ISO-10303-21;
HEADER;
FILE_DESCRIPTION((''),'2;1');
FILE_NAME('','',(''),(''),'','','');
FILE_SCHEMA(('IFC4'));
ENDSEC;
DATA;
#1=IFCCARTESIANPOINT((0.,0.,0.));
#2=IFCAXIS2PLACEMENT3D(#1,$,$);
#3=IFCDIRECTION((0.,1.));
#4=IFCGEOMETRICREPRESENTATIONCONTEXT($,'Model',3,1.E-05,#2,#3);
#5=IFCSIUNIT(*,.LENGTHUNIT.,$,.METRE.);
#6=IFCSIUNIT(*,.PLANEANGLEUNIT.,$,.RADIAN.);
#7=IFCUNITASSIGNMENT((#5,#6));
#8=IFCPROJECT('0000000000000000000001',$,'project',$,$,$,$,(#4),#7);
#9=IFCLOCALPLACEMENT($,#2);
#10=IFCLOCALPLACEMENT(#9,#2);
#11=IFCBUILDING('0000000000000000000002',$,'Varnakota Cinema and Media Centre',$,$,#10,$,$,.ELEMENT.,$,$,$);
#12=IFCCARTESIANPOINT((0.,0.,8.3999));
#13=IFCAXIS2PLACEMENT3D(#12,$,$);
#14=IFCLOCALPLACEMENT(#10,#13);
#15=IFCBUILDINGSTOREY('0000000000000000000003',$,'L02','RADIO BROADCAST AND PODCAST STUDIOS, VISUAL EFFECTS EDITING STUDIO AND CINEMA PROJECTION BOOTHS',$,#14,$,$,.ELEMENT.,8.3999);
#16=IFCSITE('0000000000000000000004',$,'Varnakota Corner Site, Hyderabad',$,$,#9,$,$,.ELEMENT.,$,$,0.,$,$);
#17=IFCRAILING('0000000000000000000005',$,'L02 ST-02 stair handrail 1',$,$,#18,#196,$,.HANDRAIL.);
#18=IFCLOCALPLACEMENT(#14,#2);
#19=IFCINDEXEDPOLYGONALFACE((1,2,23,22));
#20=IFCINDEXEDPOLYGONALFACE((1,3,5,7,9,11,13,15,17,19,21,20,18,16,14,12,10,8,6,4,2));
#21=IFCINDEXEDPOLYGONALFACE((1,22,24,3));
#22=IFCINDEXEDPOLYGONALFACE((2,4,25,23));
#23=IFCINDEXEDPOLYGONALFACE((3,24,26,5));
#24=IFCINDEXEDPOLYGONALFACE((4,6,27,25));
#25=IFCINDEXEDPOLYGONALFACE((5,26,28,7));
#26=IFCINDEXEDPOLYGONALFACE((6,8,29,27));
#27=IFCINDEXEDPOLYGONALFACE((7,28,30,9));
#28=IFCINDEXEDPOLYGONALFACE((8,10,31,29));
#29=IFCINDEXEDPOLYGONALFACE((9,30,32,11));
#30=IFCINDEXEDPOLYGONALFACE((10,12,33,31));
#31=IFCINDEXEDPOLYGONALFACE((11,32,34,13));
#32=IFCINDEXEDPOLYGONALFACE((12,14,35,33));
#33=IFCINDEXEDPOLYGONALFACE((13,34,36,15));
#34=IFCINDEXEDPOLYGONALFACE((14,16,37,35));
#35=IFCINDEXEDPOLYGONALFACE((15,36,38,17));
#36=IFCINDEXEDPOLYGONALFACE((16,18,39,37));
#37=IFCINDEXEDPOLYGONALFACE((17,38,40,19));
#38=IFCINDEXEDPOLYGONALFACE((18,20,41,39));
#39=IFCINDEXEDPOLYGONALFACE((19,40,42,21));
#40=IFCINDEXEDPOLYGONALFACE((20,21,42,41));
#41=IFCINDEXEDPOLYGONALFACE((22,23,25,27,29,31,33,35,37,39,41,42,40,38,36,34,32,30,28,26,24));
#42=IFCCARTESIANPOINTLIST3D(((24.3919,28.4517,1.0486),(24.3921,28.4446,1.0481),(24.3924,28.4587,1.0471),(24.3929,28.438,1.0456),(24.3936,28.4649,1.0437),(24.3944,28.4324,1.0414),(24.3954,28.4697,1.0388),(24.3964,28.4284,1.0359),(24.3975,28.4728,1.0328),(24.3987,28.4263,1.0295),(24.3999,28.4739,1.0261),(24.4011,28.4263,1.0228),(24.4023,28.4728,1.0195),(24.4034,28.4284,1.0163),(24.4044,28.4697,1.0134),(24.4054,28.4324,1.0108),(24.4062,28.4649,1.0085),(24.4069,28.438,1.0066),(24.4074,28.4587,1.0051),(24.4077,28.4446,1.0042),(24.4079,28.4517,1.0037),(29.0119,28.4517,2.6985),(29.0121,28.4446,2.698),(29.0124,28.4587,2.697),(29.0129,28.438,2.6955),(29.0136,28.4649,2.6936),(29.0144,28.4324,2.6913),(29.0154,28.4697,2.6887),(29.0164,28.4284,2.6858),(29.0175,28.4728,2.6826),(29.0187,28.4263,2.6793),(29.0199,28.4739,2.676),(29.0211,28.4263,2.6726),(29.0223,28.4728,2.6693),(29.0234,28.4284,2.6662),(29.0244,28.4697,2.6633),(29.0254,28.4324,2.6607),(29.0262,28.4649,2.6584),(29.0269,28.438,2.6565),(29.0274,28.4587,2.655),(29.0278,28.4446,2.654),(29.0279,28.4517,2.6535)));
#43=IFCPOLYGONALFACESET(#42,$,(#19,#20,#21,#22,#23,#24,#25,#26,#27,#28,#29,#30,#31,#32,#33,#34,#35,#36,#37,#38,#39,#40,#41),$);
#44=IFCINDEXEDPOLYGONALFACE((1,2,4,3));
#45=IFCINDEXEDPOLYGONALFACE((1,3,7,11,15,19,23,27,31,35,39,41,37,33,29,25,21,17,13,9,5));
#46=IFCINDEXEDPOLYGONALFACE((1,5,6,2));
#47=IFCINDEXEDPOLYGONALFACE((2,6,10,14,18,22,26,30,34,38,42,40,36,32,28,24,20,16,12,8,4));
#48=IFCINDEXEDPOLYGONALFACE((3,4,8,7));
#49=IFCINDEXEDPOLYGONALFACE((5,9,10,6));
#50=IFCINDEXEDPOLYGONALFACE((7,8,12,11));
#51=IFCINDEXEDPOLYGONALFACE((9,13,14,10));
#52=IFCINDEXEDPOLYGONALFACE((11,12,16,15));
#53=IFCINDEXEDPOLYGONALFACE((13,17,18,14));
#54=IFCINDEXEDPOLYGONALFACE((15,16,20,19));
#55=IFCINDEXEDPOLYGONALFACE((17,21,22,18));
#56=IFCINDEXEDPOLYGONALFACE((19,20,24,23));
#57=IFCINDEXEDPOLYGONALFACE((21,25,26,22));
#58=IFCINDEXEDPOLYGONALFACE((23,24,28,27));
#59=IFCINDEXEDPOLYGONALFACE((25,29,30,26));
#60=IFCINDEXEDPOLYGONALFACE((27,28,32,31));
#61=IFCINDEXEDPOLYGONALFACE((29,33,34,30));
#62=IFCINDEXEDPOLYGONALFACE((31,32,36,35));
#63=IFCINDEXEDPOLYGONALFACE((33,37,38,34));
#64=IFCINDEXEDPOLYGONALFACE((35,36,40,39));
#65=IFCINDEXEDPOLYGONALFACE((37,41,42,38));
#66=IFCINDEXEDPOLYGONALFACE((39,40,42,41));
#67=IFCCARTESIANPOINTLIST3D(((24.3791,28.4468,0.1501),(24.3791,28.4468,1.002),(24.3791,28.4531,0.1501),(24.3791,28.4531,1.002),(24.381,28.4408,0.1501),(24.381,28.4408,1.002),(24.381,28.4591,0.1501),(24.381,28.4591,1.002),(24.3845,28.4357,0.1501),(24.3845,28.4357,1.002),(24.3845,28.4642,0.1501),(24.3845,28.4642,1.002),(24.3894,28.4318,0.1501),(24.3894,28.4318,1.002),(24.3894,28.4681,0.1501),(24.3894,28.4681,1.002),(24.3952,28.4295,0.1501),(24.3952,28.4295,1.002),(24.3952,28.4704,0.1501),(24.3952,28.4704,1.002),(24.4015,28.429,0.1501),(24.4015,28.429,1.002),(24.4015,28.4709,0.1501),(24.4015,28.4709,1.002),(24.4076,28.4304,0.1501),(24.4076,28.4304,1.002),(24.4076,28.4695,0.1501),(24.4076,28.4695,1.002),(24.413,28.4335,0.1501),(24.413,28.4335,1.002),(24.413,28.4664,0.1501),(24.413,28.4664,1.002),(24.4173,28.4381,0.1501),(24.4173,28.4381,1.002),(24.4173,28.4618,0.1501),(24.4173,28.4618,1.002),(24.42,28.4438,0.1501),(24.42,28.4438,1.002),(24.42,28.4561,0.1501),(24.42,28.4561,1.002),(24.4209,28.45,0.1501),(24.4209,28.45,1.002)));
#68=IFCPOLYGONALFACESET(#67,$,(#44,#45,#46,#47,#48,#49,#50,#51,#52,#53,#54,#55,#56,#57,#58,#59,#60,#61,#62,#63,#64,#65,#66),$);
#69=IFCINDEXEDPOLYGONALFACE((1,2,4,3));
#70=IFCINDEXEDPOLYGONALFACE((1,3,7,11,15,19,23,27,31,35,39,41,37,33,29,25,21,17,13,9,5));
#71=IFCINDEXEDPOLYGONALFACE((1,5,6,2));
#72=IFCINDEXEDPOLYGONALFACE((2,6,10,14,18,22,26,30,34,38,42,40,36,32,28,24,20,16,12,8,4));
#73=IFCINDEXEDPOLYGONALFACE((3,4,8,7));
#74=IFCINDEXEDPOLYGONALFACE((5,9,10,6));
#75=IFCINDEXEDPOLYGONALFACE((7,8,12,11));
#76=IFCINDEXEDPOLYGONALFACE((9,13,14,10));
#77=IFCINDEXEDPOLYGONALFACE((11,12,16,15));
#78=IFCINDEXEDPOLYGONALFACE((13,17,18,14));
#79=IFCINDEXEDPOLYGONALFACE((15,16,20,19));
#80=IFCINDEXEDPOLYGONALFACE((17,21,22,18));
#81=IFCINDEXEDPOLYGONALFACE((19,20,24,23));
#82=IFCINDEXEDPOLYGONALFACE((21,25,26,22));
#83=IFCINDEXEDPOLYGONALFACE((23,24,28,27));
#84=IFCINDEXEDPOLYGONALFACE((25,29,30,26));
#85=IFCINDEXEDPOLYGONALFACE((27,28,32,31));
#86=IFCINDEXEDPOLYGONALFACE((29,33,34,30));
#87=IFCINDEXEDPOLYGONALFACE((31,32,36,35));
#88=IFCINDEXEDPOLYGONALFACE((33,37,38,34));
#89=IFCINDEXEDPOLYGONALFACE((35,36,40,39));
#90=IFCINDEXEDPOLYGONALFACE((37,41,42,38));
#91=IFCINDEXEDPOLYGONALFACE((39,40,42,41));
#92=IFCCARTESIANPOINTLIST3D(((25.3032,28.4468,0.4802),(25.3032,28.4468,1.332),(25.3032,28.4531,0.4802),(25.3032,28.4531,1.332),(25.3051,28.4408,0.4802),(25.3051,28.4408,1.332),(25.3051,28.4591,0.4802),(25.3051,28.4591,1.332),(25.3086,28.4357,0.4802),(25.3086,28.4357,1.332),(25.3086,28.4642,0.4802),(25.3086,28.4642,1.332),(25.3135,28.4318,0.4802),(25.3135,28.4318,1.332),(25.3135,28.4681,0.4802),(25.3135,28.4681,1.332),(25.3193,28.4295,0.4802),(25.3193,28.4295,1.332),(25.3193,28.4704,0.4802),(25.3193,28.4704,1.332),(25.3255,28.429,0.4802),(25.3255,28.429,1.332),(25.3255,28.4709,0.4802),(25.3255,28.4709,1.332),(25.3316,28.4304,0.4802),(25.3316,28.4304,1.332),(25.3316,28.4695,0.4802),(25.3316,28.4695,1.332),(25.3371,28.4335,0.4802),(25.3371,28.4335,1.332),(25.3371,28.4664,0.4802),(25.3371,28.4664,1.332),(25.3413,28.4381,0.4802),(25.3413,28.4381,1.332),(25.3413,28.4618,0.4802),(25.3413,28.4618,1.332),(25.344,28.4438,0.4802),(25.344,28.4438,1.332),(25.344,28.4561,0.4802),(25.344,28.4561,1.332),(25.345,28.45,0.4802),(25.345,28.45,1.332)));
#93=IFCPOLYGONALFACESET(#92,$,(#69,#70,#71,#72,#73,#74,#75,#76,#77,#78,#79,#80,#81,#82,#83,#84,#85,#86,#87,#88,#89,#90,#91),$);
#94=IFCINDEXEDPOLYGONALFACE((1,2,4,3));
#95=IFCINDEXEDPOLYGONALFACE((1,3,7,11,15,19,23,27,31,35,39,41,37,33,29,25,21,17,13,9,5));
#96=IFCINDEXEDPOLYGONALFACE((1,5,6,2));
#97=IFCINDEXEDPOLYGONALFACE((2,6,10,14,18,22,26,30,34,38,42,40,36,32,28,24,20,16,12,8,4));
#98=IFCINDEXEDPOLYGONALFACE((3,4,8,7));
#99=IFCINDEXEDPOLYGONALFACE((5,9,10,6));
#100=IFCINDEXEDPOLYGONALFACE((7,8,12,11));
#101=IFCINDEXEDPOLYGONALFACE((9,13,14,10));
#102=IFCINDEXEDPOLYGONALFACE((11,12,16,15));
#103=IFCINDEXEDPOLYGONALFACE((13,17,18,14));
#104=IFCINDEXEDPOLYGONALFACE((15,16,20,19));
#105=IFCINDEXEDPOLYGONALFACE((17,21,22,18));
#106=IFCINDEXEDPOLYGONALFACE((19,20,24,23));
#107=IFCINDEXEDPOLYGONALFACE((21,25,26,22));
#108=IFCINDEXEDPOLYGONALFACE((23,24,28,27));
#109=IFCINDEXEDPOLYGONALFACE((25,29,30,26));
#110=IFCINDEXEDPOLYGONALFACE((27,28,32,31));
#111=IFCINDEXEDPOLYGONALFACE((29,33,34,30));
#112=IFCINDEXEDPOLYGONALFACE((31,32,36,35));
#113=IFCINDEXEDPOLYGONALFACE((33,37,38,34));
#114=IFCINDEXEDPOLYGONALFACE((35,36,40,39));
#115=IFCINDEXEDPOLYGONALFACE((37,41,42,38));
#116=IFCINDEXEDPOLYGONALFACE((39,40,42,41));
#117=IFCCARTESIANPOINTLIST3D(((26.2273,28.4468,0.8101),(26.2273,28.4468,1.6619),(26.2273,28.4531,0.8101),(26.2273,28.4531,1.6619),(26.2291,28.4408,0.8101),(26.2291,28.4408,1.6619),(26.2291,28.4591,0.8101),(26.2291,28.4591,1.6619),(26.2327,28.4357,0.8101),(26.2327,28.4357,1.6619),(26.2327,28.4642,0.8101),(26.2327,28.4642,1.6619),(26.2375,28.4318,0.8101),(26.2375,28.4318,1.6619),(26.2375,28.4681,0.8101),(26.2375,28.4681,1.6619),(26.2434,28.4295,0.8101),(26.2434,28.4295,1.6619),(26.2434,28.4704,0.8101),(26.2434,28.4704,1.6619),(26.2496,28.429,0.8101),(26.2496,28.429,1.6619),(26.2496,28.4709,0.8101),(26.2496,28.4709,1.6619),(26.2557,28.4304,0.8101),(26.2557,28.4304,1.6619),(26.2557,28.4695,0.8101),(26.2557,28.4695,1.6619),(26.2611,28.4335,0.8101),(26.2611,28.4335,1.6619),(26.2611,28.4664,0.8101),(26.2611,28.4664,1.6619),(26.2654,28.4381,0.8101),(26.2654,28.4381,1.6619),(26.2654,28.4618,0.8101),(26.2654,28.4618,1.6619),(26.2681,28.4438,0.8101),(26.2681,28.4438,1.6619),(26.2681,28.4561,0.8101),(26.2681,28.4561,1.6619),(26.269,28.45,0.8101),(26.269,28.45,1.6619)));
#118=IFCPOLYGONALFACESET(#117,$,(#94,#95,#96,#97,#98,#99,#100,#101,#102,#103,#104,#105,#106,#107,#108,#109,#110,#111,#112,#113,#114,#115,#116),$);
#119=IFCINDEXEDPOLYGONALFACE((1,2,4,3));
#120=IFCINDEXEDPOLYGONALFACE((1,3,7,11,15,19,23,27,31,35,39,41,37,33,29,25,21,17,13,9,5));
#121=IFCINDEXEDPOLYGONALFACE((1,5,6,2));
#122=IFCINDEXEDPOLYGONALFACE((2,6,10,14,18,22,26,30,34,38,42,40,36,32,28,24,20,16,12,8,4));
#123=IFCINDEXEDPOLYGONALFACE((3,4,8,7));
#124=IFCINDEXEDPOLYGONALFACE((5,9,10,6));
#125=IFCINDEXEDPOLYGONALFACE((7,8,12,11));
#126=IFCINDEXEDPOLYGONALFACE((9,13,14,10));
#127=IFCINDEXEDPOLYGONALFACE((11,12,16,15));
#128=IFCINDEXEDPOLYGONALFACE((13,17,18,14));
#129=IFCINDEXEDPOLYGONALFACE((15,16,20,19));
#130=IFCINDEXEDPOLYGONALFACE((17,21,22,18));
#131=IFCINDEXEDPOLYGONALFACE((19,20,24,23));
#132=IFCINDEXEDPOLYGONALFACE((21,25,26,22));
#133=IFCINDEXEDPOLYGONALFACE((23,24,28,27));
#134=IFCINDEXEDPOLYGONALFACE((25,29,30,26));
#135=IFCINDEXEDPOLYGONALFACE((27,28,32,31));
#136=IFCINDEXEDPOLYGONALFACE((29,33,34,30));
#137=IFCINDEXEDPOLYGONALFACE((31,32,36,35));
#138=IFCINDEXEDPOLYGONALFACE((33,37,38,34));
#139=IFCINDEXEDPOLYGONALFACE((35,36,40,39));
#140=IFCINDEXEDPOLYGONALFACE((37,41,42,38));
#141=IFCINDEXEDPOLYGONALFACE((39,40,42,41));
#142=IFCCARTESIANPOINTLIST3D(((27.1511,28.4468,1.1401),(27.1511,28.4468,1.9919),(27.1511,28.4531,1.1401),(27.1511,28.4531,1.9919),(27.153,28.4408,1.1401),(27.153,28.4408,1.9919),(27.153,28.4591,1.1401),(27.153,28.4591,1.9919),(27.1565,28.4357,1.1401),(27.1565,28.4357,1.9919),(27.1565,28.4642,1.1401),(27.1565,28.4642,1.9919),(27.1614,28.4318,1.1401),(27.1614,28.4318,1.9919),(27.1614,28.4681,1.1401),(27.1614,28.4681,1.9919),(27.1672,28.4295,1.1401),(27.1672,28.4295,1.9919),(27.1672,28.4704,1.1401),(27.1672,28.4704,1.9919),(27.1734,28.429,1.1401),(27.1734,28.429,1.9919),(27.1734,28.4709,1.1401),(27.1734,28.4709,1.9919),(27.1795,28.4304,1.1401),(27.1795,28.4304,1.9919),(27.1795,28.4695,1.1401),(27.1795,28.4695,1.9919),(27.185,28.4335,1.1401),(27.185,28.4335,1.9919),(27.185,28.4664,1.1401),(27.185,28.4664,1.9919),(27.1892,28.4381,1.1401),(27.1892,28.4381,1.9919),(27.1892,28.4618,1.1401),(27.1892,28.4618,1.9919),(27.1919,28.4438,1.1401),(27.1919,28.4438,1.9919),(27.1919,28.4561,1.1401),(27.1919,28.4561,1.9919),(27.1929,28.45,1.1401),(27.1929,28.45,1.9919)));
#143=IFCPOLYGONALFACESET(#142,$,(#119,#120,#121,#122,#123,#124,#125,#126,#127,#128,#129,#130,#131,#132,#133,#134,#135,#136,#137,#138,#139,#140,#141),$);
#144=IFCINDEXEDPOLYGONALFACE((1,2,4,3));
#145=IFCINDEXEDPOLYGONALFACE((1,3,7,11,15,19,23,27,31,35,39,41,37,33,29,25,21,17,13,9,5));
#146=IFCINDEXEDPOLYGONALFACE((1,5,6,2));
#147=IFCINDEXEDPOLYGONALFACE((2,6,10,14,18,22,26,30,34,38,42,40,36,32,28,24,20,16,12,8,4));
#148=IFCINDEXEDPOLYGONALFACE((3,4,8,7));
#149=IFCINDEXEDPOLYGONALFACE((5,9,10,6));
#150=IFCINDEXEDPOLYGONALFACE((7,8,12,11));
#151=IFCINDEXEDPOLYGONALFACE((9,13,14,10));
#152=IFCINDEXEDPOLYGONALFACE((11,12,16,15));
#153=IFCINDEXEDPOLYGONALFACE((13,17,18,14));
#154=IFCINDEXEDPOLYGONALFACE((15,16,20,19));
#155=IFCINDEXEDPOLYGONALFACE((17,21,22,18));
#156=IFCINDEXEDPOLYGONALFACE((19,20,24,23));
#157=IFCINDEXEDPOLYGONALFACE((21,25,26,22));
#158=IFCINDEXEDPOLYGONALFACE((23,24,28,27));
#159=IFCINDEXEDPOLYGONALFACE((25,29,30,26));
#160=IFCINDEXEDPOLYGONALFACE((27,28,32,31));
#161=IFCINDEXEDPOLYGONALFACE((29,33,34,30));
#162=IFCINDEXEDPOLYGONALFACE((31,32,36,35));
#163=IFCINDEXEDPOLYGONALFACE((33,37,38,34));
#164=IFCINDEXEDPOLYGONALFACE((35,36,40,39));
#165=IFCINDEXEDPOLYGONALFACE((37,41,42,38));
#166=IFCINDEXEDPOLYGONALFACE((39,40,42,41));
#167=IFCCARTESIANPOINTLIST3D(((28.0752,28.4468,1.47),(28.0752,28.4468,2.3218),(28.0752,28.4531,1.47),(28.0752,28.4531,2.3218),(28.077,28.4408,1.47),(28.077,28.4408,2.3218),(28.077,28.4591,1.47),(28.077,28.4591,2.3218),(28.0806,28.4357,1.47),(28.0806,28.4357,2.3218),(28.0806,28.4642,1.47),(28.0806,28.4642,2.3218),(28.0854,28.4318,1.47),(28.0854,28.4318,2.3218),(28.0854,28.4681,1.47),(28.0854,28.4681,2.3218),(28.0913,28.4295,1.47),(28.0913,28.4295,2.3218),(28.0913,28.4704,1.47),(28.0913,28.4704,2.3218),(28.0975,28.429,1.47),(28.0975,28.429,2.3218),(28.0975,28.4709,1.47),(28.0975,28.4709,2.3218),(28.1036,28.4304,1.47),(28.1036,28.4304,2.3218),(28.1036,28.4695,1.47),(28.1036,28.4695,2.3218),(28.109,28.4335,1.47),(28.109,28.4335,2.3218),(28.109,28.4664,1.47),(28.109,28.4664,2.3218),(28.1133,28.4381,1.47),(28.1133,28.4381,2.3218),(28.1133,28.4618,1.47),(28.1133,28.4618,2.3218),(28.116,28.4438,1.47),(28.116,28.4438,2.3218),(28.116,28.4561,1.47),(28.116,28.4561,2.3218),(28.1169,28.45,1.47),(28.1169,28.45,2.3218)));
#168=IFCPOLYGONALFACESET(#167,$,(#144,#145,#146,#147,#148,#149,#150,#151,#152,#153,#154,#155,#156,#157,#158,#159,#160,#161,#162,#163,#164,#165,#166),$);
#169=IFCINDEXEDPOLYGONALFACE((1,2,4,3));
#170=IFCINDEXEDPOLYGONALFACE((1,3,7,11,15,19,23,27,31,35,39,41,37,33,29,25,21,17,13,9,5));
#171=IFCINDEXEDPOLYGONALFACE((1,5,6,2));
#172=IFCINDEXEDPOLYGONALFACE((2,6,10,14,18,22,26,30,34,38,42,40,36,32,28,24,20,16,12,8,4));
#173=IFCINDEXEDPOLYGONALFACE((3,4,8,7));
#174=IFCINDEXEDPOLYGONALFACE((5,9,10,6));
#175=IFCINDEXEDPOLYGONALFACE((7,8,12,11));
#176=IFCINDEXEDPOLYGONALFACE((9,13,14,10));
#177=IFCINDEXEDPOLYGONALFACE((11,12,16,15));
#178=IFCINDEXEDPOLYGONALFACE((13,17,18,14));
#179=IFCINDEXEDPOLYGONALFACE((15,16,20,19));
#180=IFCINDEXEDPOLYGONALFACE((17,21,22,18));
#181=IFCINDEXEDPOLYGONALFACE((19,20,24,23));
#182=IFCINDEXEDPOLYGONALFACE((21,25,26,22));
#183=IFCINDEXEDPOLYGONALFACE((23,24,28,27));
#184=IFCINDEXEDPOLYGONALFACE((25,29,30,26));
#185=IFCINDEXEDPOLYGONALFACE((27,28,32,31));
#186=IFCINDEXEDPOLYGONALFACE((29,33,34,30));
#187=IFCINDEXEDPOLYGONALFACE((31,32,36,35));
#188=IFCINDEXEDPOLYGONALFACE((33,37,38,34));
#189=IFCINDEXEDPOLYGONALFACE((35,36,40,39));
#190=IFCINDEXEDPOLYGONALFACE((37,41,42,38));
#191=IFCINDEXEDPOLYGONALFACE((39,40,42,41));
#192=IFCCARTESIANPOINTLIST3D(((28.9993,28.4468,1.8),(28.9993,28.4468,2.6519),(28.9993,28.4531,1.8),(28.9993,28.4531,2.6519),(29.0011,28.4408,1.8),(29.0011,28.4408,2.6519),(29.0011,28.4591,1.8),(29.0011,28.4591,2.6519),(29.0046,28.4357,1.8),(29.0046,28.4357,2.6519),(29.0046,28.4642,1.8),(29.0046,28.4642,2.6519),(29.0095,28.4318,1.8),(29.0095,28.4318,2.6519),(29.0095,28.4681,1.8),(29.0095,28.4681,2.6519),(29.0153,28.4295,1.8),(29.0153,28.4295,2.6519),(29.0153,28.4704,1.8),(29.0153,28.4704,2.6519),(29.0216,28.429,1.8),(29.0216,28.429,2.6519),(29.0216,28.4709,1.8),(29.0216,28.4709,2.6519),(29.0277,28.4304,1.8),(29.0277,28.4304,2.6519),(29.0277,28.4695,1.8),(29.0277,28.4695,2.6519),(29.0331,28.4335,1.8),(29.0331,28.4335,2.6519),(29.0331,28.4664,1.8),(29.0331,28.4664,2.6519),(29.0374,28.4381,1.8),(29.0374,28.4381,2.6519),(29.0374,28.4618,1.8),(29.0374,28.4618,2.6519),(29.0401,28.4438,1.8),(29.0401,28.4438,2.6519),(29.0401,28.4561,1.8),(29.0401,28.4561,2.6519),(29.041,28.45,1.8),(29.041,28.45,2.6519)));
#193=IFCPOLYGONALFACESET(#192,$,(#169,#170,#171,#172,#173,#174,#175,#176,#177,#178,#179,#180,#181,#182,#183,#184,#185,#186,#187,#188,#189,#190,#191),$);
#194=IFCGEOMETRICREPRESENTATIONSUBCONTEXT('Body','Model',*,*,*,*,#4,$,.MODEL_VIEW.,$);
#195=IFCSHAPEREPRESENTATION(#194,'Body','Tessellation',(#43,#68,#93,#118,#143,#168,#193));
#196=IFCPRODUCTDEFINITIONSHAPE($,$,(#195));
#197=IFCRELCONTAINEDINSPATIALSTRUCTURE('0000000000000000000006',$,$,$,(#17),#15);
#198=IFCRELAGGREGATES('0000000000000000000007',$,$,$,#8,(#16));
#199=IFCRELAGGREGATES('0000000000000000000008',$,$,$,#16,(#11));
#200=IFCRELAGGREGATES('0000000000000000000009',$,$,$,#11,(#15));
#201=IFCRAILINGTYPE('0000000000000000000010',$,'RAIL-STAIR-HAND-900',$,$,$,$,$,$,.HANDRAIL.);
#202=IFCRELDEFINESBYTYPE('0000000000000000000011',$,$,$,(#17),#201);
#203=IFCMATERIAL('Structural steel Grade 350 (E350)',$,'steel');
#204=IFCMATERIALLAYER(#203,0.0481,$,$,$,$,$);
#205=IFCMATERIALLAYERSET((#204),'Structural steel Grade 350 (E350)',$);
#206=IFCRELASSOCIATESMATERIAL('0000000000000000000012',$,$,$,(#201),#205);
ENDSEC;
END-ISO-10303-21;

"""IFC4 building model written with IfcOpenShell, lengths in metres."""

from ifc_helpers import new_model, si_unit, direction, frame, origin, origin_2d, place, context, subcontext, project, spatial, circle, extrude, material, layer, layer_set, type_object, element, save


model = new_model("IFC4")

# Units and contexts
model_context = context("Model", 3, precision=1e-05, world=origin(), true_north=direction((0.0, 1.0)))
body_context = subcontext(model_context, "Body", "Model", "MODEL_VIEW")
ifc_project = project(units=[si_unit("LENGTHUNIT", "METRE"), si_unit("PLANEANGLEUNIT", "RADIAN")], contexts=[model_context])

# Site, building, storey
site_placement = place(None, origin())
site = spatial("IfcSite", under=ifc_project, at=site_placement, Name="Varnakota Corner Site, Hyderabad", CompositionType="ELEMENT", RefElevation=0.0)
building_placement = place(site_placement, origin())
building = spatial("IfcBuilding", under=site, at=building_placement, Name="Varnakota Cinema and Media Centre", CompositionType="ELEMENT")
storey_placement = place(building_placement, frame((0.0, 0.0, 8.3999)))
storey = spatial("IfcBuildingStorey", under=building, at=storey_placement, Name="L02", Description="RADIO BROADCAST AND PODCAST STUDIOS, VISUAL EFFECTS EDITING STUDIO AND CINEMA PROJECTION BOOTHS", CompositionType="ELEMENT", Elevation=8.3999)

# Railing
ifc_material_1 = material(Name="Structural steel Grade 350 (E350)", Category="steel")
ifc_layer_1 = layer(ifc_material_1, 0.0481)
ifc_layer_set_1 = layer_set([ifc_layer_1], Name="Structural steel Grade 350 (E350)")
railing_type = type_object("IfcRailingType", Name="RAIL-STAIR-HAND-900", PredefinedType="HANDRAIL", material=ifc_layer_set_1)
railing_placement = place(storey_placement, frame((24.3999, 28.45, 0.1501)))
element("IfcRailing", 1, at=railing_placement, inside=storey, type_object=railing_type, Name="L02 ST-02 stair handrail 1", PredefinedType="HANDRAIL", context=body_context, shape_type="SweptSolid", body=[
    extrude(circle(Radius=0.0239, at=origin_2d()), frame((0.0, 0.0, 0.876), z_axis=(0.941751, 0.0, 0.336311), x_axis=(0.0, 1.0, 0.0)), (0.0, 0.0, 1.0), 4.9058),
    extrude(circle(Radius=0.021, at=origin_2d()), origin(), (0.0, 0.0, 1.0), 0.8518),
    extrude(circle(Radius=0.021, at=origin_2d()), frame((0.9241, 0.0, 0.3301)), (0.0, 0.0, 1.0), 0.8518),
    extrude(circle(Radius=0.021, at=origin_2d()), frame((1.8481, 0.0, 0.6599)), (0.0, 0.0, 1.0), 0.8518),
    extrude(circle(Radius=0.021, at=origin_2d()), frame((2.772, 0.0, 0.99)), (0.0, 0.0, 1.0), 0.8518),
    extrude(circle(Radius=0.021, at=origin_2d()), frame((3.696, 0.0, 1.3198)), (0.0, 0.0, 1.0), 0.8518),
    extrude(circle(Radius=0.021, at=origin_2d()), frame((4.6201, 0.0, 1.6499)), (0.0, 0.0, 1.0), 0.8518),
])

save(model, "model.ifc")
